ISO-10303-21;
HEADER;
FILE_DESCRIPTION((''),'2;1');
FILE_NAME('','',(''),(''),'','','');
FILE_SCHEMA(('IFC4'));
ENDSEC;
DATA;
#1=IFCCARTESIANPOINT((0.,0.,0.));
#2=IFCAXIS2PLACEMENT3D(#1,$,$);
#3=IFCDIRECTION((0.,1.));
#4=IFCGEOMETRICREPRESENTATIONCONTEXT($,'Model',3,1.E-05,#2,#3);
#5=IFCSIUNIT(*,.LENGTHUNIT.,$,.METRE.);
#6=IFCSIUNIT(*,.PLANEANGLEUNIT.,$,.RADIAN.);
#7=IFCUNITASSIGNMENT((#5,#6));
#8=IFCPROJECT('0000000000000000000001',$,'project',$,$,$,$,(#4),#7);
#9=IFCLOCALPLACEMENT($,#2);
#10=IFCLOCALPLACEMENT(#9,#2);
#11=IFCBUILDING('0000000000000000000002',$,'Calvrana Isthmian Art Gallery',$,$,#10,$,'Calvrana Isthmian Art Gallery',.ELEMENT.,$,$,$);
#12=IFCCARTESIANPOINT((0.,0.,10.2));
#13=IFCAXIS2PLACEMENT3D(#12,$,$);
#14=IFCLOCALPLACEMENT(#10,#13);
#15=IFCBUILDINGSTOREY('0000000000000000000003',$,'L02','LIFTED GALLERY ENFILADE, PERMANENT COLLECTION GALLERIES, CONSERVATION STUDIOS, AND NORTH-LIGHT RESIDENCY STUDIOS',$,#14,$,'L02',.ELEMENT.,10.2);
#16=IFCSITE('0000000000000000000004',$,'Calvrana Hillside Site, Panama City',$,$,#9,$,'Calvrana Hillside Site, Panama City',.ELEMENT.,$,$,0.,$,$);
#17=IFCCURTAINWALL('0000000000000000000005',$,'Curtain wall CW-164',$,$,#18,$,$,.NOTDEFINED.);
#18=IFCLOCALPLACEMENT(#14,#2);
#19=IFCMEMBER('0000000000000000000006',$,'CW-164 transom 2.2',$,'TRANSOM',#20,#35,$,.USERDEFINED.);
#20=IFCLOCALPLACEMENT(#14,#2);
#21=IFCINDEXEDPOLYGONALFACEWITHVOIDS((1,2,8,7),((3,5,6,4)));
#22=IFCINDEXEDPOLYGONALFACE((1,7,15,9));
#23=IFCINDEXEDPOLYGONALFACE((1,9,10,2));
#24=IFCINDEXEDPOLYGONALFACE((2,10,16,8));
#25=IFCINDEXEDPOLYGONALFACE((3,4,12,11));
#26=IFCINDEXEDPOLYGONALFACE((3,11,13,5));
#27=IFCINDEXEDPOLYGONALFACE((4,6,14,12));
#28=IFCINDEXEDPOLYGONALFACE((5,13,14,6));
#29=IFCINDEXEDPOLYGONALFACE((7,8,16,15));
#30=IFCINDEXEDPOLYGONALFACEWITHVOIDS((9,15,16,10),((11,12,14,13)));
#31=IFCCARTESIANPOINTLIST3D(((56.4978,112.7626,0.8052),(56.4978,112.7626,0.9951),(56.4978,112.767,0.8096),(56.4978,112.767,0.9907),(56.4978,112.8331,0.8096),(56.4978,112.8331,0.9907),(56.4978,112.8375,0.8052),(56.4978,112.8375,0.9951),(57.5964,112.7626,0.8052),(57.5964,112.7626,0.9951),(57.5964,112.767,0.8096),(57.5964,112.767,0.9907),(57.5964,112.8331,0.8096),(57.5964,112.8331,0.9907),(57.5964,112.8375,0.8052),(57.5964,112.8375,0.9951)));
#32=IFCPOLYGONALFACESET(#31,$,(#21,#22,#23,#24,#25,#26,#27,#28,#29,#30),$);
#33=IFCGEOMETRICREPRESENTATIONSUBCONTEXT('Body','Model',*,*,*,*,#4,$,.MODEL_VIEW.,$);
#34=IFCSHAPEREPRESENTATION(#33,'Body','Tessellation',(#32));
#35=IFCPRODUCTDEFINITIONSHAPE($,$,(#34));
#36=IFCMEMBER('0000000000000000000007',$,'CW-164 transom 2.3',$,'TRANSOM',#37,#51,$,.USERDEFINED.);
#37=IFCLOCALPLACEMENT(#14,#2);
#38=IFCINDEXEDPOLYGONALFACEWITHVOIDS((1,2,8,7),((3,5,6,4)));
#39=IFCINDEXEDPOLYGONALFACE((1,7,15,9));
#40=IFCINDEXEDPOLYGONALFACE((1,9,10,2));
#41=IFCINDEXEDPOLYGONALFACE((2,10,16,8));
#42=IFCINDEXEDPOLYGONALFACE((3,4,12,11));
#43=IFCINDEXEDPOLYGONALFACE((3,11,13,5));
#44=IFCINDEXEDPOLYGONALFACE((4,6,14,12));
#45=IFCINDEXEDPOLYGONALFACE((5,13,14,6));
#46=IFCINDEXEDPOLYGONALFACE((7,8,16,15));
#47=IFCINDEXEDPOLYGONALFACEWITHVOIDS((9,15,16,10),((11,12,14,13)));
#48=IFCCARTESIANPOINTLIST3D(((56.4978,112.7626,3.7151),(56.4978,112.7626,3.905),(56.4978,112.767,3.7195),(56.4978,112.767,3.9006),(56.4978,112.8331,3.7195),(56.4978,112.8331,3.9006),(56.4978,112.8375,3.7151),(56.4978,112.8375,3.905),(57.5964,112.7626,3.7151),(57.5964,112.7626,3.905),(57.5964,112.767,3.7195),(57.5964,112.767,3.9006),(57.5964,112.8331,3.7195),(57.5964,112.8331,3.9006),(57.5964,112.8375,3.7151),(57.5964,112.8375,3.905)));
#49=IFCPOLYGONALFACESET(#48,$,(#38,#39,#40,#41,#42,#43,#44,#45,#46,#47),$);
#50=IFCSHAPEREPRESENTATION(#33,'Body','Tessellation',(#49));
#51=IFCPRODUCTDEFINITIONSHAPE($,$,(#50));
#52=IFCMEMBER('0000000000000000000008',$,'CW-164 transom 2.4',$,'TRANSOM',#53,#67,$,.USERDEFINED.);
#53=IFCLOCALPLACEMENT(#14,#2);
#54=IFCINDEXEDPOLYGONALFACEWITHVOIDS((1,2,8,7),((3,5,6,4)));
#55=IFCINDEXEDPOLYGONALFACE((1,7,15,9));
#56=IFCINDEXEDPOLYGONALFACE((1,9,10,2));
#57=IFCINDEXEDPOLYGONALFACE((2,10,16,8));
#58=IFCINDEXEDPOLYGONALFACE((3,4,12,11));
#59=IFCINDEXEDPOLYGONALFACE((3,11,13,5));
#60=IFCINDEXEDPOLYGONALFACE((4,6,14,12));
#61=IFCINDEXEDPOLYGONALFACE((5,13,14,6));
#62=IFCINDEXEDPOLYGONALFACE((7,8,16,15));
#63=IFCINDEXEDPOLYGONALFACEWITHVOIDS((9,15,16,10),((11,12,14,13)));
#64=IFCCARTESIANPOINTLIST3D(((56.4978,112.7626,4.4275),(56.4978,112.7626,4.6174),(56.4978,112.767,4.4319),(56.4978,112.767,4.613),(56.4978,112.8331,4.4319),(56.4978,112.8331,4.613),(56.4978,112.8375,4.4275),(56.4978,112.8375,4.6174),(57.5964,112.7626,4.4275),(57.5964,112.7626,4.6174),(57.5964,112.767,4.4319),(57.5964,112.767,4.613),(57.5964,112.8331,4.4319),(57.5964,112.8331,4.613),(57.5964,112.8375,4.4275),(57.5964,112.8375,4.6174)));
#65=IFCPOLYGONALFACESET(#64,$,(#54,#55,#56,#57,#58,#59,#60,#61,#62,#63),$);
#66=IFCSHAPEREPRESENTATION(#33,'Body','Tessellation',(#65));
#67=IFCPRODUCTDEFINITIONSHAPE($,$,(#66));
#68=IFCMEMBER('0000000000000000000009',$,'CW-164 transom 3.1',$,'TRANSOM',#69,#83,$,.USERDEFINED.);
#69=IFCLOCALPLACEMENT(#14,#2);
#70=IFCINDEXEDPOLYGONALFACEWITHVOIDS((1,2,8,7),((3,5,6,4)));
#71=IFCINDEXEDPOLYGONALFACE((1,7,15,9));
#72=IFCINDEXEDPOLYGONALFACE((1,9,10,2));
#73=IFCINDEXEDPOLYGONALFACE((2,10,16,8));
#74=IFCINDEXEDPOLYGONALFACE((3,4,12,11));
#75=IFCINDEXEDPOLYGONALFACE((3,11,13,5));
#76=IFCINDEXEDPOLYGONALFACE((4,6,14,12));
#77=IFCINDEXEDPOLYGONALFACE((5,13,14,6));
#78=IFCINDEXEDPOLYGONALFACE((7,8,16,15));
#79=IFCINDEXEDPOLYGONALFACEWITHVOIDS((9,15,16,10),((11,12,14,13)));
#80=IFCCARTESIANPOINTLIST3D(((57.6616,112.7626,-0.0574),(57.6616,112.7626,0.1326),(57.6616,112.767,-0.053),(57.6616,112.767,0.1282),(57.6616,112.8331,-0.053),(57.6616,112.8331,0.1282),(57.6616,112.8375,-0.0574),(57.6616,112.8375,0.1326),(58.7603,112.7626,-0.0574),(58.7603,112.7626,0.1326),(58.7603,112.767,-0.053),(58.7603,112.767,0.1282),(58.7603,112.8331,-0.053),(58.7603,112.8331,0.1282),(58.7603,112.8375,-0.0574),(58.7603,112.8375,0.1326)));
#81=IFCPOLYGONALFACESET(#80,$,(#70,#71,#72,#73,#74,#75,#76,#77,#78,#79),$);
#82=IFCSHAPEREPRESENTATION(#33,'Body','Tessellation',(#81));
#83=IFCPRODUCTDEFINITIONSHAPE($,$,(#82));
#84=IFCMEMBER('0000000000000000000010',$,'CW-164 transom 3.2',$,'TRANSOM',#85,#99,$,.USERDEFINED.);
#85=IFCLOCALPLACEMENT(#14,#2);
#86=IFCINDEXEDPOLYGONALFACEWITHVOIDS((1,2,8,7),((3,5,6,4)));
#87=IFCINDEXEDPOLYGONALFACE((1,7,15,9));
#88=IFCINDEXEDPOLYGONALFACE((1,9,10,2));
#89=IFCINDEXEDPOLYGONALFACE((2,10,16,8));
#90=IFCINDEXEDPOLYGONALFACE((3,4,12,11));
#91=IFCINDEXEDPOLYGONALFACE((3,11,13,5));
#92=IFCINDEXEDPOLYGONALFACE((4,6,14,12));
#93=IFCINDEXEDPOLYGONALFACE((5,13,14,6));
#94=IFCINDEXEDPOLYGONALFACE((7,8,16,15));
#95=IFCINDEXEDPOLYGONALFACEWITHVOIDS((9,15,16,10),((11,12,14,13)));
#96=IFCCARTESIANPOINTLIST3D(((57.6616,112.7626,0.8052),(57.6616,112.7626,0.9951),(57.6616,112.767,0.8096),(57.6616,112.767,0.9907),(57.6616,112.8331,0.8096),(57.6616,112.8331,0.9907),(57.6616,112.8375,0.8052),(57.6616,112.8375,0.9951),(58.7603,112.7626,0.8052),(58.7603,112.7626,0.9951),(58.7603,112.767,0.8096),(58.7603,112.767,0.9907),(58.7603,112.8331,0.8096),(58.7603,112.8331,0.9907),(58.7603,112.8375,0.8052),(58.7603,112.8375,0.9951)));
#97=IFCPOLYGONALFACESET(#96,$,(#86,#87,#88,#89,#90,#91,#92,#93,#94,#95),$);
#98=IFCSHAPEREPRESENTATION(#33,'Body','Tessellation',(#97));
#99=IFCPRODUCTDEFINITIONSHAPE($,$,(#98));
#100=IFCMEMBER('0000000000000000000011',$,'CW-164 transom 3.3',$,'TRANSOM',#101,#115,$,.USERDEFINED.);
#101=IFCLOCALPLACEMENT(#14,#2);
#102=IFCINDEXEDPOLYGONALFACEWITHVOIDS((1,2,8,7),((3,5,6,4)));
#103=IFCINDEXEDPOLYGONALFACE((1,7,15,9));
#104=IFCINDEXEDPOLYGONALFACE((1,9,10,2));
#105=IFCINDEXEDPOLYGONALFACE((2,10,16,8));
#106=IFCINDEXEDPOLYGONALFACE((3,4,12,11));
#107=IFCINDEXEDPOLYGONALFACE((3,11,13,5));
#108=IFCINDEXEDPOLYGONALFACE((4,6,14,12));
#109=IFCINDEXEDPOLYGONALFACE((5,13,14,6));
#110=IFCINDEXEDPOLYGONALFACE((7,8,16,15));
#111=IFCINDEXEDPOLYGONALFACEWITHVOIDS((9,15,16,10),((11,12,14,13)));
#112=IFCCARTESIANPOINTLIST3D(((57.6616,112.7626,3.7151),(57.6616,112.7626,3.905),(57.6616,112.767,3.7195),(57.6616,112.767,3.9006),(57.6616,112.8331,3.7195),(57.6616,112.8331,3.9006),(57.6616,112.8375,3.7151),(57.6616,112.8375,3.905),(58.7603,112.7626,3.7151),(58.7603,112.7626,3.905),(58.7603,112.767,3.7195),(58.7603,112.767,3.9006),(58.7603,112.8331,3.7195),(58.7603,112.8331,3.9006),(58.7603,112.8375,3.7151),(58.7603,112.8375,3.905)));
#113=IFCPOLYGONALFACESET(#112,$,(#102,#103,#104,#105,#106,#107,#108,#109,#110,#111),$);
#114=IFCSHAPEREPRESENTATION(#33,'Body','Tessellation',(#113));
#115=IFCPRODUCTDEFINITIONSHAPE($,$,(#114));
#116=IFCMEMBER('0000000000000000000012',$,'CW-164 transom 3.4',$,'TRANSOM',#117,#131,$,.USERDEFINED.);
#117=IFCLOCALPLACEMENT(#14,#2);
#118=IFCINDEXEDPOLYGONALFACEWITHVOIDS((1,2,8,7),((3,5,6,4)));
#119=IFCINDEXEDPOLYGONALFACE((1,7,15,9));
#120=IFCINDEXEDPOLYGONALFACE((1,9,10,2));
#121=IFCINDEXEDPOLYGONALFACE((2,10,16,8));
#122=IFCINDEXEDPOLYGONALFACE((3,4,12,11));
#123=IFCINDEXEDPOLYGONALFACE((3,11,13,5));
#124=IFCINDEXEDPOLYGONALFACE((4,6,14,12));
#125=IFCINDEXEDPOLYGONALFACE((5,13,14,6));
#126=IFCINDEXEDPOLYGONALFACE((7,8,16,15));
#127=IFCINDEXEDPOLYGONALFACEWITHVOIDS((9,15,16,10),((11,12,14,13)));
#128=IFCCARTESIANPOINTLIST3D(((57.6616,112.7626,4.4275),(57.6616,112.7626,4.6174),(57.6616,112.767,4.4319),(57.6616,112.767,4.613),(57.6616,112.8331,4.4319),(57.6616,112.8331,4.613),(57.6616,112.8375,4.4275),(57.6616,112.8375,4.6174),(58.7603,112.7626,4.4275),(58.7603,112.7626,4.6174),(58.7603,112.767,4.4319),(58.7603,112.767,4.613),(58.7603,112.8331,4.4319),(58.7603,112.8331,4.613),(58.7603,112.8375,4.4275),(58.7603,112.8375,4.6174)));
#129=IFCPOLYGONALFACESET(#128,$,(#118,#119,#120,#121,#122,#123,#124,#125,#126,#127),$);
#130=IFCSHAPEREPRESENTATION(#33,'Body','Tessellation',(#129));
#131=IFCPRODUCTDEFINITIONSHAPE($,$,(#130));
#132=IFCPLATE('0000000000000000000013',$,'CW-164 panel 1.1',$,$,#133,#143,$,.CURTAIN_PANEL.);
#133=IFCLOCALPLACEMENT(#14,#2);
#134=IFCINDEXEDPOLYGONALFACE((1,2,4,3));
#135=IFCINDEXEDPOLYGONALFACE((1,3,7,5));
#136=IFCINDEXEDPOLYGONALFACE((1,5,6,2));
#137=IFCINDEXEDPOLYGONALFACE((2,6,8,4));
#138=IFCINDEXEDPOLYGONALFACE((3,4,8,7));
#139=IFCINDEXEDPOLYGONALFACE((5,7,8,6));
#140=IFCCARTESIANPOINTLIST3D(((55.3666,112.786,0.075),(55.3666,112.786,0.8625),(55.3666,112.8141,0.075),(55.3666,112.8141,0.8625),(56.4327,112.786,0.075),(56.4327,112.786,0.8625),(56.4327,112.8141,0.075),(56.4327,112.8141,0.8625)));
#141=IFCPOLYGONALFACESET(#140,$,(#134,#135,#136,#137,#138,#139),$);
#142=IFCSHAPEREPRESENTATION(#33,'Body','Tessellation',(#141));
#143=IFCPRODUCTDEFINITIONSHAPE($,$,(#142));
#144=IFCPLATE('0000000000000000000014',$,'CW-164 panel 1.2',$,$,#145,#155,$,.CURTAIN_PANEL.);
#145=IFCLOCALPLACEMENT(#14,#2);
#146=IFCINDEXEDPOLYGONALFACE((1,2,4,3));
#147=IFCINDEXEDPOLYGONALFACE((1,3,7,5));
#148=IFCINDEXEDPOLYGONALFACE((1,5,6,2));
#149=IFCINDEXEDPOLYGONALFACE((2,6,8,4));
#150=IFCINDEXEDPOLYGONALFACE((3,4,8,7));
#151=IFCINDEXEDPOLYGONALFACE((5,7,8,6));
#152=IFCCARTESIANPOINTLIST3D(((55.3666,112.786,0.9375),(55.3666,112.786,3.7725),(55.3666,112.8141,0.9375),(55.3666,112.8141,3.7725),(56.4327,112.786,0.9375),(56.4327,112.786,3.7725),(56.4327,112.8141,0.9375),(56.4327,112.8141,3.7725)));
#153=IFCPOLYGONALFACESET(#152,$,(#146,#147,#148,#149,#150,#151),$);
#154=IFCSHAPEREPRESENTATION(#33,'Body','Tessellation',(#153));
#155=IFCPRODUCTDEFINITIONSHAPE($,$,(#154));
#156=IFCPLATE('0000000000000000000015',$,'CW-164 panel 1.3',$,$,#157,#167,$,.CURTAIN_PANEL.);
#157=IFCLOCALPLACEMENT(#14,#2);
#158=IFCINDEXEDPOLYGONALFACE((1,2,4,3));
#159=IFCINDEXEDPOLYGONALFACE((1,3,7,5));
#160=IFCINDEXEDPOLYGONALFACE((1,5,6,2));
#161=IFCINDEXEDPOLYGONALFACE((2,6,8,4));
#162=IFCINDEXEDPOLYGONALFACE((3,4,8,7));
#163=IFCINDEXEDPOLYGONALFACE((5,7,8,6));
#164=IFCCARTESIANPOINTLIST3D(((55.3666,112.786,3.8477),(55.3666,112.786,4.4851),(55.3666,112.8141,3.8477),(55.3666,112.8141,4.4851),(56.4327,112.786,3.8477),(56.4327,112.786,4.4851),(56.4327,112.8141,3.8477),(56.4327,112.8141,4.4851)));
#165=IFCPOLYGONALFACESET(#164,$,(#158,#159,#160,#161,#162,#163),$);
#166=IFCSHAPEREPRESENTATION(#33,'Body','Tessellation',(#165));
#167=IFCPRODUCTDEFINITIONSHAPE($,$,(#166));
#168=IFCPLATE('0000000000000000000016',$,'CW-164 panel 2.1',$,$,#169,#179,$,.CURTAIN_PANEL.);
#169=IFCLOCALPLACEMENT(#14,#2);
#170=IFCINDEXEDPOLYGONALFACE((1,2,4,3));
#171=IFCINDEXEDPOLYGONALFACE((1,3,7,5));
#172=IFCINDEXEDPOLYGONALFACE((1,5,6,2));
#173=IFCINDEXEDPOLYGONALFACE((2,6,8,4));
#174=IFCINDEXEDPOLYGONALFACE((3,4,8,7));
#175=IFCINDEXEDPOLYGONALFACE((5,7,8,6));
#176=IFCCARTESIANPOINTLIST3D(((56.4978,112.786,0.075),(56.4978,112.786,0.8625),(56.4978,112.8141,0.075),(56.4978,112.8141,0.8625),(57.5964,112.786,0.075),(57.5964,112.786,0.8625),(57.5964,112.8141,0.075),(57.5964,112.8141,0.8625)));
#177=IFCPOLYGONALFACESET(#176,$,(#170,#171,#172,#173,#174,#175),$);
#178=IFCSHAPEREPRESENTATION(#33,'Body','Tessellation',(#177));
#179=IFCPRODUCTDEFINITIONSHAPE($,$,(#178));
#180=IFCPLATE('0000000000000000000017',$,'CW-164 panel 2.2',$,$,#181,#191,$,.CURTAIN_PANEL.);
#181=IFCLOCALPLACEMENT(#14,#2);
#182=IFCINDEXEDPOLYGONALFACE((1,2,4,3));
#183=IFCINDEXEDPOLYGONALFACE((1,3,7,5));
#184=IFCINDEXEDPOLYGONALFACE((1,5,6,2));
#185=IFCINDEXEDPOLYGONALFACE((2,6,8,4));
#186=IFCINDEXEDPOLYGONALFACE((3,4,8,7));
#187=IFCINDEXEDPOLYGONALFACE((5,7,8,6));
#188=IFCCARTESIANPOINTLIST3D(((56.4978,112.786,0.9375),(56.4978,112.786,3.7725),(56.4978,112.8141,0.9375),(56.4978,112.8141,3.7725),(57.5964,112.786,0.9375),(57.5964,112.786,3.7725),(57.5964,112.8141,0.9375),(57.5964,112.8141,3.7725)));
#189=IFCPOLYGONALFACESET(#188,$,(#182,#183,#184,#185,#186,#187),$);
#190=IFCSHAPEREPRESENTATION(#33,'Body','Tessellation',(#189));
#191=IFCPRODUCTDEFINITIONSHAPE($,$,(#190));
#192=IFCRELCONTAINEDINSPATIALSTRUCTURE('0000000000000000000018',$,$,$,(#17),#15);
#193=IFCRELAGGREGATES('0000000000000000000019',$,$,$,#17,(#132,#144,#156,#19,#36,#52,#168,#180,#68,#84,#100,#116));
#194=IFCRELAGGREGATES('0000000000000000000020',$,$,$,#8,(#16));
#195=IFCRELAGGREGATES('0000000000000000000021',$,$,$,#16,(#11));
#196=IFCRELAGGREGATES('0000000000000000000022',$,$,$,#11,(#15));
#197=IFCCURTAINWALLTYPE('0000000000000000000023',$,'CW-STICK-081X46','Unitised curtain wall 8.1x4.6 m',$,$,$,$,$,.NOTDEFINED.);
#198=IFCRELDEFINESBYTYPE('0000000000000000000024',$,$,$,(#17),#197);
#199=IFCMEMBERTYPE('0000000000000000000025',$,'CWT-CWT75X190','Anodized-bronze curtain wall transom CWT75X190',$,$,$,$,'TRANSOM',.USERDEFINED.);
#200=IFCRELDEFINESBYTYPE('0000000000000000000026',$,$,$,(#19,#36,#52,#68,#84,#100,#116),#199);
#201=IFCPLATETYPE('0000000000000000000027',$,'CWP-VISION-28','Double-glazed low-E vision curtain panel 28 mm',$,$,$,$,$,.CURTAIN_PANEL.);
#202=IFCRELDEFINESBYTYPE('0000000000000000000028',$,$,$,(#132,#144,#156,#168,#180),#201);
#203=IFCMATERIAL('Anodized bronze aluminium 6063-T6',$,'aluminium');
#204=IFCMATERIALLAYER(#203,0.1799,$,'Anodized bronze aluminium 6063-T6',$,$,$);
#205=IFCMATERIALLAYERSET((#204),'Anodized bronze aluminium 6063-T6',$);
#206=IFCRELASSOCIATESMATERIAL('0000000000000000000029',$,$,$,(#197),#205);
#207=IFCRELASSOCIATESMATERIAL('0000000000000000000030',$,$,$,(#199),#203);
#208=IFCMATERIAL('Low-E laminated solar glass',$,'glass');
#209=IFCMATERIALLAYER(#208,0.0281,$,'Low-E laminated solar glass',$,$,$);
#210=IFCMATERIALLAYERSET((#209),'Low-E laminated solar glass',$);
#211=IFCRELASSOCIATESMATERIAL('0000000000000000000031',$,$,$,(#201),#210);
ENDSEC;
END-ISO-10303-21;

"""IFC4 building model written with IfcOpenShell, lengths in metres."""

from ifc_helpers import new_model, si_unit, direction, frame, origin, origin_2d, place, context, subcontext, project, spatial, rectangle, hollow_rectangle, extrude, material, layer, layer_set, material_profile, profile_set, type_object, element, aggregate, save


model = new_model("IFC4")

# Units and contexts
model_context = context("Model", 3, precision=1e-05, world=origin(), true_north=direction((0.0, 1.0)))
body_context = subcontext(model_context, "Body", "Model", "MODEL_VIEW")
ifc_project = project(units=[si_unit("LENGTHUNIT", "METRE"), si_unit("PLANEANGLEUNIT", "RADIAN")], contexts=[model_context])

# Site, building, storey
site_placement = place(None, origin())
site = spatial("IfcSite", under=ifc_project, at=site_placement, Name="Calvrana Hillside Site, Panama City", LongName="Calvrana Hillside Site, Panama City", CompositionType="ELEMENT", RefElevation=0.0)
building_placement = place(site_placement, origin())
building = spatial("IfcBuilding", under=site, at=building_placement, Name="Calvrana Isthmian Art Gallery", LongName="Calvrana Isthmian Art Gallery", CompositionType="ELEMENT")
storey_placement = place(building_placement, frame((0.0, 0.0, 10.2)))
storey = spatial("IfcBuildingStorey", under=building, at=storey_placement, Name="L02", Description="LIFTED GALLERY ENFILADE, PERMANENT COLLECTION GALLERIES, CONSERVATION STUDIOS, AND NORTH-LIGHT RESIDENCY STUDIOS", LongName="L02", CompositionType="ELEMENT", Elevation=10.2)

# Curtain wall, members, plates
ifc_material_1 = material(Name="Anodized bronze aluminium 6063-T6", Category="aluminium")
ifc_layer_1 = layer(ifc_material_1, 0.1799, Name="Anodized bronze aluminium 6063-T6")
ifc_layer_set_1 = layer_set([ifc_layer_1], Name="Anodized bronze aluminium 6063-T6")
curtain_wall_type = type_object("IfcCurtainWallType", Name="CW-STICK-081X46", Description="Unitised curtain wall 8.1x4.6 m", PredefinedType="NOTDEFINED", material=ifc_layer_set_1)
curtain_wall_placement = place(storey_placement, origin())
curtain_wall = element("IfcCurtainWall", 1, at=curtain_wall_placement, inside=storey, type_object=curtain_wall_type, Name="Curtain wall CW-164", PredefinedType="NOTDEFINED")
ifc_material_profile_1 = material_profile(ifc_material_1, hollow_rectangle(XDim=0.075, YDim=0.1899, WallThickness=0.0044, at=origin_2d()), Name="CWT75X190")
ifc_profile_set_1 = profile_set([ifc_material_profile_1], Name="Anodized bronze aluminium 6063-T6")
member_type_1 = type_object("IfcMemberType", Name="CWT-CWT75X190", Description="Anodized-bronze curtain wall transom CWT75X190", ElementType="TRANSOM", PredefinedType="USERDEFINED", material=ifc_profile_set_1)
member_1_placement = place(storey_placement, frame((56.4978, 112.8, 0.9001), z_axis=(1.0, 0.0, 0.0), x_axis=(0.0, 1.0, 0.0)))
member_1 = element("IfcMember", 2, at=member_1_placement, type_object=member_type_1, Name="CW-164 transom 2.2", ObjectType="TRANSOM", PredefinedType="USERDEFINED", context=body_context, shape_type="SweptSolid", body=[
    extrude(hollow_rectangle(XDim=0.075, YDim=0.1899, WallThickness=0.0044, at=origin_2d()), origin(), (0.0, 0.0, 1.0), 1.0986),
])
member_2_placement = place(storey_placement, frame((56.4978, 112.8, 3.8101), z_axis=(1.0, 0.0, 0.0), x_axis=(0.0, 1.0, 0.0)))
member_2 = element("IfcMember", 3, at=member_2_placement, type_object=member_type_1, Name="CW-164 transom 2.3", ObjectType="TRANSOM", PredefinedType="USERDEFINED", context=body_context, shape_type="SweptSolid", body=[
    extrude(hollow_rectangle(XDim=0.075, YDim=0.1899, WallThickness=0.0044, at=origin_2d()), origin(), (0.0, 0.0, 1.0), 1.0986),
])
member_3_placement = place(storey_placement, frame((56.4978, 112.8, 4.5225), z_axis=(1.0, 0.0, 0.0), x_axis=(0.0, 1.0, 0.0)))
member_3 = element("IfcMember", 4, at=member_3_placement, type_object=member_type_1, Name="CW-164 transom 2.4", ObjectType="TRANSOM", PredefinedType="USERDEFINED", context=body_context, shape_type="SweptSolid", body=[
    extrude(hollow_rectangle(XDim=0.075, YDim=0.1899, WallThickness=0.0044, at=origin_2d()), origin(), (0.0, 0.0, 1.0), 1.0986),
])
member_4_placement = place(storey_placement, frame((57.6616, 112.8, 0.0376), z_axis=(1.0, 0.0, 0.0), x_axis=(0.0, 1.0, 0.0)))
member_4 = element("IfcMember", 5, at=member_4_placement, type_object=member_type_1, Name="CW-164 transom 3.1", ObjectType="TRANSOM", PredefinedType="USERDEFINED", context=body_context, shape_type="SweptSolid", body=[
    extrude(hollow_rectangle(XDim=0.075, YDim=0.1899, WallThickness=0.0044, at=origin_2d()), origin(), (0.0, 0.0, 1.0), 1.0986),
])
member_5_placement = place(storey_placement, frame((57.6616, 112.8, 0.9001), z_axis=(1.0, 0.0, 0.0), x_axis=(0.0, 1.0, 0.0)))
member_5 = element("IfcMember", 6, at=member_5_placement, type_object=member_type_1, Name="CW-164 transom 3.2", ObjectType="TRANSOM", PredefinedType="USERDEFINED", context=body_context, shape_type="SweptSolid", body=[
    extrude(hollow_rectangle(XDim=0.075, YDim=0.1899, WallThickness=0.0044, at=origin_2d()), origin(), (0.0, 0.0, 1.0), 1.0986),
])
member_6_placement = place(storey_placement, frame((57.6616, 112.8, 3.8101), z_axis=(1.0, 0.0, 0.0), x_axis=(0.0, 1.0, 0.0)))
member_6 = element("IfcMember", 7, at=member_6_placement, type_object=member_type_1, Name="CW-164 transom 3.3", ObjectType="TRANSOM", PredefinedType="USERDEFINED", context=body_context, shape_type="SweptSolid", body=[
    extrude(hollow_rectangle(XDim=0.075, YDim=0.1899, WallThickness=0.0044, at=origin_2d()), origin(), (0.0, 0.0, 1.0), 1.0986),
])
member_7_placement = place(storey_placement, frame((57.6616, 112.8, 4.5225), z_axis=(1.0, 0.0, 0.0), x_axis=(0.0, 1.0, 0.0)))
member_7 = element("IfcMember", 8, at=member_7_placement, type_object=member_type_1, Name="CW-164 transom 3.4", ObjectType="TRANSOM", PredefinedType="USERDEFINED", context=body_context, shape_type="SweptSolid", body=[
    extrude(hollow_rectangle(XDim=0.075, YDim=0.1899, WallThickness=0.0044, at=origin_2d()), origin(), (0.0, 0.0, 1.0), 1.0986),
])
ifc_material_2 = material(Name="Low-E laminated solar glass", Category="glass")
ifc_layer_2 = layer(ifc_material_2, 0.0281, Name="Low-E laminated solar glass")
ifc_layer_set_2 = layer_set([ifc_layer_2], Name="Low-E laminated solar glass")
plate_type = type_object("IfcPlateType", Name="CWP-VISION-28", Description="Double-glazed low-E vision curtain panel 28 mm", PredefinedType="CURTAIN_PANEL", material=ifc_layer_set_2)
plate_1_placement = place(storey_placement, frame((55.8997, 112.8, 0.075), z_axis=(0.0, 0.0, 1.0), x_axis=(1.0, 0.0, 0.0)))
plate_1 = element("IfcPlate", 9, at=plate_1_placement, type_object=plate_type, Name="CW-164 panel 1.1", PredefinedType="CURTAIN_PANEL", context=body_context, shape_type="SweptSolid", body=[
    extrude(rectangle(XDim=1.0662, YDim=0.0281, at=origin_2d()), origin(), (0.0, 0.0, 1.0), 0.7876),
])
plate_2_placement = place(storey_placement, frame((55.8997, 112.8, 0.9375), z_axis=(0.0, 0.0, 1.0), x_axis=(1.0, 0.0, 0.0)))
plate_2 = element("IfcPlate", 10, at=plate_2_placement, type_object=plate_type, Name="CW-164 panel 1.2", PredefinedType="CURTAIN_PANEL", context=body_context, shape_type="SweptSolid", body=[
    extrude(rectangle(XDim=1.0662, YDim=0.0281, at=origin_2d()), origin(), (0.0, 0.0, 1.0), 2.835),
])
plate_3_placement = place(storey_placement, frame((55.8997, 112.8, 3.8477), z_axis=(0.0, 0.0, 1.0), x_axis=(1.0, 0.0, 0.0)))
plate_3 = element("IfcPlate", 11, at=plate_3_placement, type_object=plate_type, Name="CW-164 panel 1.3", PredefinedType="CURTAIN_PANEL", context=body_context, shape_type="SweptSolid", body=[
    extrude(rectangle(XDim=1.0662, YDim=0.0281, at=origin_2d()), origin(), (0.0, 0.0, 1.0), 0.6375),
])
plate_4_placement = place(storey_placement, frame((57.0471, 112.8, 0.075), z_axis=(0.0, 0.0, 1.0), x_axis=(1.0, 0.0, 0.0)))
plate_4 = element("IfcPlate", 12, at=plate_4_placement, type_object=plate_type, Name="CW-164 panel 2.1", PredefinedType="CURTAIN_PANEL", context=body_context, shape_type="SweptSolid", body=[
    extrude(rectangle(XDim=1.0986, YDim=0.0281, at=origin_2d()), origin(), (0.0, 0.0, 1.0), 0.7876),
])
plate_5_placement = place(storey_placement, frame((57.0471, 112.8, 0.9375), z_axis=(0.0, 0.0, 1.0), x_axis=(1.0, 0.0, 0.0)))
plate_5 = element("IfcPlate", 13, at=plate_5_placement, type_object=plate_type, Name="CW-164 panel 2.2", PredefinedType="CURTAIN_PANEL", context=body_context, shape_type="SweptSolid", body=[
    extrude(rectangle(XDim=1.0986, YDim=0.0281, at=origin_2d()), origin(), (0.0, 0.0, 1.0), 2.835),
])
aggregate(curtain_wall, [plate_1, plate_2, plate_3, member_1, member_2, member_3, plate_4, plate_5, member_4, member_5, member_6, member_7])

save(model, "model.ifc")
